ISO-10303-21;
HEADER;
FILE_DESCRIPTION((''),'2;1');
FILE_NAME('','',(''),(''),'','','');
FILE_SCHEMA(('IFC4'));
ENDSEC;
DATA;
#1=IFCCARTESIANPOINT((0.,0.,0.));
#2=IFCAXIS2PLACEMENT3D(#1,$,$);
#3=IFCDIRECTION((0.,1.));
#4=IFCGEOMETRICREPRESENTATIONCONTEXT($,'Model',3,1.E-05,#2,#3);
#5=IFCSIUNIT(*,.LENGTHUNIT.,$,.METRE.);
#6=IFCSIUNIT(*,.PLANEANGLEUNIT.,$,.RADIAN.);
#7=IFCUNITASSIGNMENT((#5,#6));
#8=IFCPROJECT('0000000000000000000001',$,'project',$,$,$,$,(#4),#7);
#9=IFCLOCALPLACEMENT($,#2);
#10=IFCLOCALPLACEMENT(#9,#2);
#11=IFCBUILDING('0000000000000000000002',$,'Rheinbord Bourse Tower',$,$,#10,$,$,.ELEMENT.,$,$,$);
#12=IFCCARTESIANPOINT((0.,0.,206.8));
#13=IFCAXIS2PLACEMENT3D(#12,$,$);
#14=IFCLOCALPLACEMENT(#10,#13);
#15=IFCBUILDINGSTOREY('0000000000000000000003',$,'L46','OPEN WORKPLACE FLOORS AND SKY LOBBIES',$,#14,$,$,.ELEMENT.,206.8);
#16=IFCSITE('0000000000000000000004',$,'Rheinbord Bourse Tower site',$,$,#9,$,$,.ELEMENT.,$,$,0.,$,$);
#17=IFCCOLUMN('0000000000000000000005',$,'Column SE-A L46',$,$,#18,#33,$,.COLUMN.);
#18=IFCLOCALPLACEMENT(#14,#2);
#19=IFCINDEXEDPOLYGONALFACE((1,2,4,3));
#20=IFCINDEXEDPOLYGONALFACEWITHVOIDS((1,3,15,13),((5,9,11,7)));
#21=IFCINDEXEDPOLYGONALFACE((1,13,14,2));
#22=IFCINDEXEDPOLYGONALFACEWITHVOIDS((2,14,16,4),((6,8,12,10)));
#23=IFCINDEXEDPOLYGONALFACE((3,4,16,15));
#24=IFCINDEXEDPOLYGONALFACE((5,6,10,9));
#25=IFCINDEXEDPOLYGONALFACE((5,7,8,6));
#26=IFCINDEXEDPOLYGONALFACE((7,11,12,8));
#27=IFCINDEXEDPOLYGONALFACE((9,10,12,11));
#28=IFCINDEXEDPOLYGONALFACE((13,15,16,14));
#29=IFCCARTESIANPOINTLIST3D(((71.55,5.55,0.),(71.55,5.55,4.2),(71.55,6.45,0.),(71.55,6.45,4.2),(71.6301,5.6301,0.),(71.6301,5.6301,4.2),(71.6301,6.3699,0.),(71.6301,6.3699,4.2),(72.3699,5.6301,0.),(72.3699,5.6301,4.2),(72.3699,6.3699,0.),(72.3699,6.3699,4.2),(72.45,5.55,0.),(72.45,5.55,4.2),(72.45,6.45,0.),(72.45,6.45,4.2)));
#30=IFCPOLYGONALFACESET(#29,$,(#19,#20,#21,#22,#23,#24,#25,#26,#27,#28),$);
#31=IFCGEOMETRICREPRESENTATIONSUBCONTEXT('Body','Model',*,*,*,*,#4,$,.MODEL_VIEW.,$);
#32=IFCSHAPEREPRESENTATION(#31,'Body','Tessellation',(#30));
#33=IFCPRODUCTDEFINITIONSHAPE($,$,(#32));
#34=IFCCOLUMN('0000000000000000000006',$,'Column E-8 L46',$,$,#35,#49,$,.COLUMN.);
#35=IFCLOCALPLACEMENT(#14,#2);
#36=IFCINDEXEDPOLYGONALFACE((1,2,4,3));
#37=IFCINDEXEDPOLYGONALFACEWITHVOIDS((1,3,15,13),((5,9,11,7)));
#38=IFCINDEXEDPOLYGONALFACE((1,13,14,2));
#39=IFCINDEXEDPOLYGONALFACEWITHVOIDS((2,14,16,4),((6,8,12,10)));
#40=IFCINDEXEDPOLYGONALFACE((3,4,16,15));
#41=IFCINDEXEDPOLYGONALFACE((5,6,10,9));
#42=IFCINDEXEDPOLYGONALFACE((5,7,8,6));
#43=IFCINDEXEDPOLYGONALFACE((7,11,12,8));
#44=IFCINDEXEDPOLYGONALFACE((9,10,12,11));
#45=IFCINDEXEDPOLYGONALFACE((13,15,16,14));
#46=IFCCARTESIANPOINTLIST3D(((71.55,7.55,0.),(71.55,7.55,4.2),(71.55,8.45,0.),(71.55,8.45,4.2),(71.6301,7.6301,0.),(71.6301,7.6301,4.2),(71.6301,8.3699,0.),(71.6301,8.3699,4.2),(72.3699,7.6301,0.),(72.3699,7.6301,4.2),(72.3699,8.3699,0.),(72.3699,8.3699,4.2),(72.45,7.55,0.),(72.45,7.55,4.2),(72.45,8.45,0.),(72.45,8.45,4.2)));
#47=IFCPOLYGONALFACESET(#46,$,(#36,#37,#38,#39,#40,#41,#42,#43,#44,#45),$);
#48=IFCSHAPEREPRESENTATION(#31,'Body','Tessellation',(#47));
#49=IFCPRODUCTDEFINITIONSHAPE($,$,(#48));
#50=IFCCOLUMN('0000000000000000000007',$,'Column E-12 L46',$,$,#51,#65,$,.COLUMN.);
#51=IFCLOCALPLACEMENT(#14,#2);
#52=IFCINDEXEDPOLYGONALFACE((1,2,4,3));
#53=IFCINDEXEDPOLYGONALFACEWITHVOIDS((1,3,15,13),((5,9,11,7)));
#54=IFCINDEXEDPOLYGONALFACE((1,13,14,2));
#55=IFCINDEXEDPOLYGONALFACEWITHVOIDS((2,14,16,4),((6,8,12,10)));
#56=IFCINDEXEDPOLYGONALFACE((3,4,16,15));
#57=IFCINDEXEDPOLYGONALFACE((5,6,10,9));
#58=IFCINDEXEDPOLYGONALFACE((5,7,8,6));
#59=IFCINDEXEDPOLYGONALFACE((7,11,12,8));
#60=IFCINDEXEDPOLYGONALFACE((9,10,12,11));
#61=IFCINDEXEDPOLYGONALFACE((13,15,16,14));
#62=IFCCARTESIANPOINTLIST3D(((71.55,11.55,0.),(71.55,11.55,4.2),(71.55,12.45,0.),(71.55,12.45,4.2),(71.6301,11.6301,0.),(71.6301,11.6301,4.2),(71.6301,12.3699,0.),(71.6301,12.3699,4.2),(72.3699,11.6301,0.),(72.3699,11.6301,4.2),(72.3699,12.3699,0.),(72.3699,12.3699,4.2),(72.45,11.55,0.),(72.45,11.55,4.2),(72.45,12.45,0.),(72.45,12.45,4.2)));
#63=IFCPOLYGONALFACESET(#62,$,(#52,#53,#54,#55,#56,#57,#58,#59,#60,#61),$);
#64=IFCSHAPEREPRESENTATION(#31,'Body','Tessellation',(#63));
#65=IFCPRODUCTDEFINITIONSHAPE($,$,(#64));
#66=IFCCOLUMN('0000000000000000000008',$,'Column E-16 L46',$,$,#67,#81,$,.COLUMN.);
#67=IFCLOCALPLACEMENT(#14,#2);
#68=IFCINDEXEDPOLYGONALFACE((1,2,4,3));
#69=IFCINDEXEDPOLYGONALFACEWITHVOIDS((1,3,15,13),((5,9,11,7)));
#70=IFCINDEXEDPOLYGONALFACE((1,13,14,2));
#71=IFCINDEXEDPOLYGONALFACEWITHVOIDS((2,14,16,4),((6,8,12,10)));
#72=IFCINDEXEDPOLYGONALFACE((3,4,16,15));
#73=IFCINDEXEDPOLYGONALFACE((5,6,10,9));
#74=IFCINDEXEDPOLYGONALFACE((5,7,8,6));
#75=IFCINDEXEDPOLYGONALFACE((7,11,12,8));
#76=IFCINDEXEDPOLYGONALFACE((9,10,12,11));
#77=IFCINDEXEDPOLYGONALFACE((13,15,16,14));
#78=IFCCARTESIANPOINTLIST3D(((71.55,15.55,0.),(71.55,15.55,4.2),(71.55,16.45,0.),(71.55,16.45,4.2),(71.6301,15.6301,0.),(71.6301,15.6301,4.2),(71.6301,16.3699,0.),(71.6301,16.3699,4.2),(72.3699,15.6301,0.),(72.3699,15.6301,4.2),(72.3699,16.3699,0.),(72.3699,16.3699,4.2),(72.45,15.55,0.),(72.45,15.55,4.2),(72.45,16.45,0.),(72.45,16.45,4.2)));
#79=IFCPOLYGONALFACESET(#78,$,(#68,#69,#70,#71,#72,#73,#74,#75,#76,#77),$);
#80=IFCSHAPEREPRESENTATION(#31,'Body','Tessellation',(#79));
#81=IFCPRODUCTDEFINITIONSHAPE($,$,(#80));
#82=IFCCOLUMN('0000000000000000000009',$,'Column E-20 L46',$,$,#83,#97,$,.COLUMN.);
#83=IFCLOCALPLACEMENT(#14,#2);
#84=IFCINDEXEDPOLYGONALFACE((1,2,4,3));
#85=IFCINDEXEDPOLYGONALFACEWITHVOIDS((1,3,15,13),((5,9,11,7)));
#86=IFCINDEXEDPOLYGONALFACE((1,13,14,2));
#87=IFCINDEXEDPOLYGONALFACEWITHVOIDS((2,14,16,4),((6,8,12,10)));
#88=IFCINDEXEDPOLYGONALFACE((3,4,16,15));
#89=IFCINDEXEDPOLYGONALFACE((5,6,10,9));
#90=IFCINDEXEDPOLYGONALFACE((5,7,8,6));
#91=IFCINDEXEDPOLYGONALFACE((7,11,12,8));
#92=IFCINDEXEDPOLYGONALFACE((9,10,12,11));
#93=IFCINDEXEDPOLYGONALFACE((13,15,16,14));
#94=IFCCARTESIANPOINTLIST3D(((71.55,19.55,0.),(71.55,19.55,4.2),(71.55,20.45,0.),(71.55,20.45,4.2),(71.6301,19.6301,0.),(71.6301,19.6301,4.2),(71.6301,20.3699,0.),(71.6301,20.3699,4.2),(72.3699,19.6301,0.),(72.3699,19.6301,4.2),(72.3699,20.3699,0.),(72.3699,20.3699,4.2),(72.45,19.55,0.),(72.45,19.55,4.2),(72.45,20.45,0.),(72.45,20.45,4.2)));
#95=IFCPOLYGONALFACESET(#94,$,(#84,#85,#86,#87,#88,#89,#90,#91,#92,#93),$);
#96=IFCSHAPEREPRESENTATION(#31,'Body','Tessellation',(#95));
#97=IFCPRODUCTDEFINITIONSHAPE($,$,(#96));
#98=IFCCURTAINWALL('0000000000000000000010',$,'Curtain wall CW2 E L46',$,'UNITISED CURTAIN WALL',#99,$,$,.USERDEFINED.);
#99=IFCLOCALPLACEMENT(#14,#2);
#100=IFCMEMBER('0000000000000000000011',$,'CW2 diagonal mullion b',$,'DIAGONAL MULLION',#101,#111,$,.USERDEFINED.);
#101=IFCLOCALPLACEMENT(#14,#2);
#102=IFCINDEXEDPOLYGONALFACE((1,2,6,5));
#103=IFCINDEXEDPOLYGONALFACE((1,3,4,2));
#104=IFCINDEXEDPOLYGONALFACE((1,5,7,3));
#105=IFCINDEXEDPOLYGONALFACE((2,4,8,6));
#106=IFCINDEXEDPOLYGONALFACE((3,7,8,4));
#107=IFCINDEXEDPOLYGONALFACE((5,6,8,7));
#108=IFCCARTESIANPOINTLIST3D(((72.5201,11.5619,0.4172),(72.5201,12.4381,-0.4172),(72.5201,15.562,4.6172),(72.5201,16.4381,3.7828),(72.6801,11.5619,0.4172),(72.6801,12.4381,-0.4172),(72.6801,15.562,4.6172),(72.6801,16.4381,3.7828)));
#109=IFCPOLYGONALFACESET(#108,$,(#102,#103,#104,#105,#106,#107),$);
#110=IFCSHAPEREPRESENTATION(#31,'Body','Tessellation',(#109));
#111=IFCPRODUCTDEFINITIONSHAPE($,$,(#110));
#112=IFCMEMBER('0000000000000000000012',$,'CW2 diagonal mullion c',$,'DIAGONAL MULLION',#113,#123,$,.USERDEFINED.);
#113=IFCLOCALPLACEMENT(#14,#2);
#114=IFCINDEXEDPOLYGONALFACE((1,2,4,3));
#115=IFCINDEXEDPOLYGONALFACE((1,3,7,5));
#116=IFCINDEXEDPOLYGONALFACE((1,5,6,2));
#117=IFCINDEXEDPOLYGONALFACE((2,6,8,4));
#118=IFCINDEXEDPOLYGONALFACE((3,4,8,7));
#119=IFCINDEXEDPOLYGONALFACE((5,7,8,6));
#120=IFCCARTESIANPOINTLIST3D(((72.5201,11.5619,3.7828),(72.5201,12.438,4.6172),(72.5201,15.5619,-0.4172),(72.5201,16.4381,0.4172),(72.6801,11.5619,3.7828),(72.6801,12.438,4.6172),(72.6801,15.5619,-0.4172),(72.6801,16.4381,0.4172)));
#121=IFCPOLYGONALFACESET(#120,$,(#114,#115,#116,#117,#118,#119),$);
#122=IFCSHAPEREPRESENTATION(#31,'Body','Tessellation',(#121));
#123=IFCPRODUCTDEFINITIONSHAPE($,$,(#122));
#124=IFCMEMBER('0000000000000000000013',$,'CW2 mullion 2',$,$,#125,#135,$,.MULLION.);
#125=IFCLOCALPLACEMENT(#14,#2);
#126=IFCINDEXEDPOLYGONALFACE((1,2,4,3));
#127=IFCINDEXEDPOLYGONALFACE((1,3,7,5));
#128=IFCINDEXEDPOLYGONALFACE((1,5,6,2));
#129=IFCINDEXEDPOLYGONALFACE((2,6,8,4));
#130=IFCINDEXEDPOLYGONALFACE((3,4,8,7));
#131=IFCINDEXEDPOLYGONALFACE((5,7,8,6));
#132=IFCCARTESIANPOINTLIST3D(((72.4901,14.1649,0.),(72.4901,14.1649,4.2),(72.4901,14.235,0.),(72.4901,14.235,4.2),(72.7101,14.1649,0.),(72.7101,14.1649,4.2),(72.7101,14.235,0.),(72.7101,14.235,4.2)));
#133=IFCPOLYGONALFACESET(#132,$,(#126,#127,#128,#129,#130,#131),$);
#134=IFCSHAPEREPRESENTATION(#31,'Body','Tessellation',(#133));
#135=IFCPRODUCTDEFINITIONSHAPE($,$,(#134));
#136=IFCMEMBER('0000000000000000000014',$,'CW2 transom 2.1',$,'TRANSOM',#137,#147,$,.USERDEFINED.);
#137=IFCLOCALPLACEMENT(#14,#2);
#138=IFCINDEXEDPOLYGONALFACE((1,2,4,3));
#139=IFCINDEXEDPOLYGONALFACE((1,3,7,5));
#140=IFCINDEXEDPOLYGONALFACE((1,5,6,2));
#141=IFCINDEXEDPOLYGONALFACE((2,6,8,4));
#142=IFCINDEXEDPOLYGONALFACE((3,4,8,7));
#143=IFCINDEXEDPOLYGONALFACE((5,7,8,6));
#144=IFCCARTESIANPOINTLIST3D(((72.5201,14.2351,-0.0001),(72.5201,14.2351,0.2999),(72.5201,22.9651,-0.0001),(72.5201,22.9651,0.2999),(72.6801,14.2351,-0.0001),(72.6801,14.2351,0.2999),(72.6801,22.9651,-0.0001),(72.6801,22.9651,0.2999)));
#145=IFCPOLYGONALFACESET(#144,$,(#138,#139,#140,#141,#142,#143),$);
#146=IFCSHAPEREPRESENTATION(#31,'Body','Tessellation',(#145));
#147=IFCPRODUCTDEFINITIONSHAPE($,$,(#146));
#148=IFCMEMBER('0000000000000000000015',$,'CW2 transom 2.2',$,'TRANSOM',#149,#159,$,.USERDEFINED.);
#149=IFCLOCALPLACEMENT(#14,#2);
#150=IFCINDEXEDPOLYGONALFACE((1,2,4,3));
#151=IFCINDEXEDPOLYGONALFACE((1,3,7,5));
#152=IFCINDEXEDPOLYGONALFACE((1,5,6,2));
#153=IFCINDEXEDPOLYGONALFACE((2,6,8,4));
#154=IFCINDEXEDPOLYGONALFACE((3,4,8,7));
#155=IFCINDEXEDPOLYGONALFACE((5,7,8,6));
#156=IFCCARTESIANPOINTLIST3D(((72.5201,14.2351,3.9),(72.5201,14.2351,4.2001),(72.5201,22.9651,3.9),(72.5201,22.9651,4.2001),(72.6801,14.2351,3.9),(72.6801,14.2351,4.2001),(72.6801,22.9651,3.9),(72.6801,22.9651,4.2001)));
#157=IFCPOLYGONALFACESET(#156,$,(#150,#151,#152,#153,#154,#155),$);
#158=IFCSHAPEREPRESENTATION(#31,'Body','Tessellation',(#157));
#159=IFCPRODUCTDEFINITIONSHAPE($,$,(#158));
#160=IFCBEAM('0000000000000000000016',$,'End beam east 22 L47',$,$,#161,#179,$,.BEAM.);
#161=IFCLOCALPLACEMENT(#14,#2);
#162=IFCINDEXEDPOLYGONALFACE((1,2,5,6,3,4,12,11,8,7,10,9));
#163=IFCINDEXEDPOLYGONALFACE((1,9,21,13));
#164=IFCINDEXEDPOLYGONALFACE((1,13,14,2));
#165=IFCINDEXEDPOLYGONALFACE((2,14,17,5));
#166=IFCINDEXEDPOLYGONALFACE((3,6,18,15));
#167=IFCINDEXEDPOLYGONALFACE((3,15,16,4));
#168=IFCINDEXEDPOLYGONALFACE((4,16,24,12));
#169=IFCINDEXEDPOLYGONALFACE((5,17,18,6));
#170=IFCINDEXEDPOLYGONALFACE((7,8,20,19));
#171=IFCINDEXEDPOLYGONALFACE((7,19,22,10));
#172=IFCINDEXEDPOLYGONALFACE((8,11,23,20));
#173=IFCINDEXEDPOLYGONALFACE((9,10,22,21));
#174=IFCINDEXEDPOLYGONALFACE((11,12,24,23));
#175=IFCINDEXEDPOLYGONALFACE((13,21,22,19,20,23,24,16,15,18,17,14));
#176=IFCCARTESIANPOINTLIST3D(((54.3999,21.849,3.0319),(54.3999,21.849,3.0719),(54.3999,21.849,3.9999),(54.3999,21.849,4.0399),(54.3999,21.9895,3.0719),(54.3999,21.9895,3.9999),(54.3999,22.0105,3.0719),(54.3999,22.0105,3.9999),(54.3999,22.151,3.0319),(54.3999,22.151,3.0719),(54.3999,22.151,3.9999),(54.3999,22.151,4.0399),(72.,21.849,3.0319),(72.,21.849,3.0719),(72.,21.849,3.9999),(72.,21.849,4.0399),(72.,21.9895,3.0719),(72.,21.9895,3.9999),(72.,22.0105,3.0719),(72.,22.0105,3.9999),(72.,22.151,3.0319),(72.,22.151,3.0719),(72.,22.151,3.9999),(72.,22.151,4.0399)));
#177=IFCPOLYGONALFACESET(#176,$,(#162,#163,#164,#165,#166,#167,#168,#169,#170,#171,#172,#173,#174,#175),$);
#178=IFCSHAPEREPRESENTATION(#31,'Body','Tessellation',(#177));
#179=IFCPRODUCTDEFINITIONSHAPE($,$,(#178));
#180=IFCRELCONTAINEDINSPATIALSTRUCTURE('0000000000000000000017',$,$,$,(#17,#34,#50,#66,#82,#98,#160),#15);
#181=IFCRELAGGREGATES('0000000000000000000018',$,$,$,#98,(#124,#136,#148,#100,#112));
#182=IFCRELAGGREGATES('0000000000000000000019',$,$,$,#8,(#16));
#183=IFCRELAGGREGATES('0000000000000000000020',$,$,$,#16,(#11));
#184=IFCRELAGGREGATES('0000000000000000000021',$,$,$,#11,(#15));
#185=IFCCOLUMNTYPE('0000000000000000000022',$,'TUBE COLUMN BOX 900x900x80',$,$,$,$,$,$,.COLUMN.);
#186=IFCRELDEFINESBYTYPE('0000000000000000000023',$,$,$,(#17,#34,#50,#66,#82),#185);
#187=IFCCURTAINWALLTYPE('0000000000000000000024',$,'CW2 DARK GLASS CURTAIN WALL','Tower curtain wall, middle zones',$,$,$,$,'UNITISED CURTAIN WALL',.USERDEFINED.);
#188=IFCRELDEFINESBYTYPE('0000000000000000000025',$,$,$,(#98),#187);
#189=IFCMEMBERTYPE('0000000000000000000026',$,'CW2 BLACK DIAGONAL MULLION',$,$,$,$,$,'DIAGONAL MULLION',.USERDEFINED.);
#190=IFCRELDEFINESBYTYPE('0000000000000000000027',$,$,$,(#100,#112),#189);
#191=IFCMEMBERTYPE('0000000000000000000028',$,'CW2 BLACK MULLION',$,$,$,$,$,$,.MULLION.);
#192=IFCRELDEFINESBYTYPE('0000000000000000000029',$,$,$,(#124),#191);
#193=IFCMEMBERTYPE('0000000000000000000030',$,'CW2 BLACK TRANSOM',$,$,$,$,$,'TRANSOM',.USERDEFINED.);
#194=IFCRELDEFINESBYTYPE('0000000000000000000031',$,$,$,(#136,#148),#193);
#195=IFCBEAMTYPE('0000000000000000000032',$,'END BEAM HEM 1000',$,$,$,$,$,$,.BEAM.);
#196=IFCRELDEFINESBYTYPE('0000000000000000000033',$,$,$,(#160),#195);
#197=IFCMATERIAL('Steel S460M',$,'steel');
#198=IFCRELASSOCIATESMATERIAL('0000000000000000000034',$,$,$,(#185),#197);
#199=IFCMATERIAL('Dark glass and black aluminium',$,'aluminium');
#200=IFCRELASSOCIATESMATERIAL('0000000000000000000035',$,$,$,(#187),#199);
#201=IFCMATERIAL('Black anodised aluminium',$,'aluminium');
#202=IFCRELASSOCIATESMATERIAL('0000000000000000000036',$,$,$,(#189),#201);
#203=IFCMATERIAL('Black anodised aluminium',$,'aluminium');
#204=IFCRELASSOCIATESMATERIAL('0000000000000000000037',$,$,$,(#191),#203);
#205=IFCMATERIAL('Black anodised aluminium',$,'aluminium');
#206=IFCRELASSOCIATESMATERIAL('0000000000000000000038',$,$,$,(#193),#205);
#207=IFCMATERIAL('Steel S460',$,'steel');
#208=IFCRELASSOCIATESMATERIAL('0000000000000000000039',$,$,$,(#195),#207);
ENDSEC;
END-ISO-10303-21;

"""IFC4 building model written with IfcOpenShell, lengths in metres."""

from ifc_helpers import new_model, si_unit, direction, frame, origin, origin_2d, place, context, subcontext, project, spatial, rectangle, hollow_rectangle, i_section, extrude, material, material_profile, profile_set, type_object, element, aggregate, save


model = new_model("IFC4")

# Units and contexts
model_context = context("Model", 3, precision=1e-05, world=origin(), true_north=direction((0.0, 1.0)))
body_context = subcontext(model_context, "Body", "Model", "MODEL_VIEW")
ifc_project = project(units=[si_unit("LENGTHUNIT", "METRE"), si_unit("PLANEANGLEUNIT", "RADIAN")], contexts=[model_context])

# Site, building, storey
site_placement = place(None, origin())
site = spatial("IfcSite", under=ifc_project, at=site_placement, Name="Rheinbord Bourse Tower site", CompositionType="ELEMENT", RefElevation=0.0)
building_placement = place(site_placement, origin())
building = spatial("IfcBuilding", under=site, at=building_placement, Name="Rheinbord Bourse Tower", CompositionType="ELEMENT")
storey_placement = place(building_placement, frame((0.0, 0.0, 206.8)))
storey = spatial("IfcBuildingStorey", under=building, at=storey_placement, Name="L46", Description="OPEN WORKPLACE FLOORS AND SKY LOBBIES", CompositionType="ELEMENT", Elevation=206.8)

# Columns
ifc_material_1 = material(Name="Steel S460M", Category="steel")
ifc_material_profile_1 = material_profile(ifc_material_1, hollow_rectangle(XDim=0.8999, YDim=0.8999, WallThickness=0.0801, at=origin_2d()), Name="BOX 900x900x80")
ifc_profile_set_1 = profile_set([ifc_material_profile_1], Name="Steel S460M")
column_type = type_object("IfcColumnType", Name="TUBE COLUMN BOX 900x900x80", PredefinedType="COLUMN", material=ifc_profile_set_1)
for number, where, z_axis, x_axis, name in (
    (1, (72.0, 6.0, 0.0), (0.0, 0.0, 1.0), (1.0, 0.0, 0.0), "Column SE-A L46"),
    (2, (72.0, 8.0, 0.0), (0.0, 0.0, 1.0), (1.0, 0.0, 0.0), "Column E-8 L46"),
    (3, (72.0, 12.0, 0.0), (0.0, 0.0, 1.0), (1.0, 0.0, 0.0), "Column E-12 L46"),
    (4, (72.0, 16.0, 0.0), (0.0, 0.0, 1.0), (1.0, 0.0, 0.0), "Column E-16 L46"),
    (5, (72.0, 20.0, 0.0), (0.0, 0.0, 1.0), (1.0, 0.0, 0.0), "Column E-20 L46"),
):
    element("IfcColumn", number, at=place(storey_placement, frame(where, z_axis=z_axis, x_axis=x_axis)), inside=storey, type_object=column_type, Name=name, PredefinedType="COLUMN", context=body_context, shape_type="SweptSolid", body=[
        extrude(hollow_rectangle(XDim=0.8999, YDim=0.8999, WallThickness=0.0801, at=origin_2d()), origin(), (0.0, 0.0, 1.0), 4.2),
    ])

# Curtain wall, members
ifc_material_2 = material(Name="Dark glass and black aluminium", Category="aluminium")
curtain_wall_type = type_object("IfcCurtainWallType", Name="CW2 DARK GLASS CURTAIN WALL", Description="Tower curtain wall, middle zones", ElementType="UNITISED CURTAIN WALL", PredefinedType="USERDEFINED", material=ifc_material_2)
curtain_wall_placement = place(storey_placement, origin())
curtain_wall = element("IfcCurtainWall", 6, at=curtain_wall_placement, inside=storey, type_object=curtain_wall_type, Name="Curtain wall CW2 E L46", ObjectType="UNITISED CURTAIN WALL", PredefinedType="USERDEFINED")
ifc_material_3 = material(Name="Black anodised aluminium", Category="aluminium")
ifc_material_profile_2 = material_profile(ifc_material_3, rectangle(XDim=0.1599, YDim=1.21, at=origin_2d()), Name="CW2 DIAGONAL MULLION 1210x160")
ifc_profile_set_2 = profile_set([ifc_material_profile_2], Name="Black anodised aluminium")
member_type_1 = type_object("IfcMemberType", Name="CW2 BLACK DIAGONAL MULLION", ElementType="DIAGONAL MULLION", PredefinedType="USERDEFINED", material=ifc_profile_set_2)
member_1_placement = place(storey_placement, frame((72.6001, 12.0, 0.0), z_axis=(0.0, 0.689659, 0.724134), x_axis=(-1.0, 0.0, 0.0)))
member_1 = element("IfcMember", 7, at=member_1_placement, type_object=member_type_1, Name="CW2 diagonal mullion b", ObjectType="DIAGONAL MULLION", PredefinedType="USERDEFINED", context=body_context, shape_type="SweptSolid", body=[
    extrude(rectangle(XDim=0.1599, YDim=1.21, at=origin_2d()), origin(), (0.0, 0.0, 1.0), 5.8),
])
member_2_placement = place(storey_placement, frame((72.6001, 16.0, 0.0), z_axis=(0.0, -0.689659, 0.724134), x_axis=(1.0, 0.0, 0.0)))
member_2 = element("IfcMember", 8, at=member_2_placement, type_object=member_type_1, Name="CW2 diagonal mullion c", ObjectType="DIAGONAL MULLION", PredefinedType="USERDEFINED", context=body_context, shape_type="SweptSolid", body=[
    extrude(rectangle(XDim=0.1599, YDim=1.21, at=origin_2d()), origin(), (0.0, 0.0, 1.0), 5.8),
])
ifc_material_4 = material(Name="Black anodised aluminium", Category="aluminium")
ifc_material_profile_3 = material_profile(ifc_material_4, rectangle(XDim=0.22, YDim=0.0701, at=origin_2d()), Name="CW2 MULLION 70x220")
ifc_profile_set_3 = profile_set([ifc_material_profile_3], Name="Black anodised aluminium")
member_type_2 = type_object("IfcMemberType", Name="CW2 BLACK MULLION", PredefinedType="MULLION", material=ifc_profile_set_3)
member_3_placement = place(storey_placement, frame((72.6001, 14.2, 0.0), z_axis=(0.0, 0.0, 1.0), x_axis=(-1.0, 0.0, 0.0)))
member_3 = element("IfcMember", 9, at=member_3_placement, type_object=member_type_2, Name="CW2 mullion 2", PredefinedType="MULLION", context=body_context, shape_type="SweptSolid", body=[
    extrude(rectangle(XDim=0.22, YDim=0.0701, at=origin_2d()), origin(), (0.0, 0.0, 1.0), 4.2),
])
ifc_material_5 = material(Name="Black anodised aluminium", Category="aluminium")
ifc_material_profile_4 = material_profile(ifc_material_5, rectangle(XDim=0.1599, YDim=0.3, at=origin_2d()), Name="CW2 TRANSOM 300x160")
ifc_profile_set_4 = profile_set([ifc_material_profile_4], Name="Black anodised aluminium")
member_type_3 = type_object("IfcMemberType", Name="CW2 BLACK TRANSOM", ElementType="TRANSOM", PredefinedType="USERDEFINED", material=ifc_profile_set_4)
member_4_placement = place(storey_placement, frame((72.6001, 14.2351, 0.1499), z_axis=(0.0, 1.0, 0.0), x_axis=(-1.0, 0.0, 0.0)))
member_4 = element("IfcMember", 10, at=member_4_placement, type_object=member_type_3, Name="CW2 transom 2.1", ObjectType="TRANSOM", PredefinedType="USERDEFINED", context=body_context, shape_type="SweptSolid", body=[
    extrude(rectangle(XDim=0.1599, YDim=0.3, at=origin_2d()), origin(), (0.0, 0.0, 1.0), 8.73),
])
member_5_placement = place(storey_placement, frame((72.6001, 14.2351, 4.05), z_axis=(0.0, 1.0, 0.0), x_axis=(-1.0, 0.0, 0.0)))
member_5 = element("IfcMember", 11, at=member_5_placement, type_object=member_type_3, Name="CW2 transom 2.2", ObjectType="TRANSOM", PredefinedType="USERDEFINED", context=body_context, shape_type="SweptSolid", body=[
    extrude(rectangle(XDim=0.1599, YDim=0.3, at=origin_2d()), origin(), (0.0, 0.0, 1.0), 8.73),
])

# Beam
ifc_material_6 = material(Name="Steel S460", Category="steel")
ifc_material_profile_5 = material_profile(ifc_material_6, i_section(OverallWidth=0.302, OverallDepth=1.0081, WebThickness=0.021, FlangeThickness=0.04, at=origin_2d()), Name="HEM 1000")
ifc_profile_set_5 = profile_set([ifc_material_profile_5], Name="Steel S460")
beam_type_1 = type_object("IfcBeamType", Name="END BEAM HEM 1000", PredefinedType="BEAM", material=ifc_profile_set_5)
beam_1_placement = place(storey_placement, frame((54.3999, 22.0, 3.5359), z_axis=(1.0, 0.0, 0.0), x_axis=(0.0, 1.0, 0.0)))
element("IfcBeam", 12, at=beam_1_placement, inside=storey, type_object=beam_type_1, Name="End beam east 22 L47", PredefinedType="BEAM", context=body_context, shape_type="SweptSolid", body=[
    extrude(i_section(OverallWidth=0.302, OverallDepth=1.0081, WebThickness=0.021, FlangeThickness=0.04, at=origin_2d()), origin(), (0.0, 0.0, 1.0), 17.6001),
])

aggregate(curtain_wall, [member_3, member_4, member_5, member_1, member_2])

save(model, "model.ifc")
